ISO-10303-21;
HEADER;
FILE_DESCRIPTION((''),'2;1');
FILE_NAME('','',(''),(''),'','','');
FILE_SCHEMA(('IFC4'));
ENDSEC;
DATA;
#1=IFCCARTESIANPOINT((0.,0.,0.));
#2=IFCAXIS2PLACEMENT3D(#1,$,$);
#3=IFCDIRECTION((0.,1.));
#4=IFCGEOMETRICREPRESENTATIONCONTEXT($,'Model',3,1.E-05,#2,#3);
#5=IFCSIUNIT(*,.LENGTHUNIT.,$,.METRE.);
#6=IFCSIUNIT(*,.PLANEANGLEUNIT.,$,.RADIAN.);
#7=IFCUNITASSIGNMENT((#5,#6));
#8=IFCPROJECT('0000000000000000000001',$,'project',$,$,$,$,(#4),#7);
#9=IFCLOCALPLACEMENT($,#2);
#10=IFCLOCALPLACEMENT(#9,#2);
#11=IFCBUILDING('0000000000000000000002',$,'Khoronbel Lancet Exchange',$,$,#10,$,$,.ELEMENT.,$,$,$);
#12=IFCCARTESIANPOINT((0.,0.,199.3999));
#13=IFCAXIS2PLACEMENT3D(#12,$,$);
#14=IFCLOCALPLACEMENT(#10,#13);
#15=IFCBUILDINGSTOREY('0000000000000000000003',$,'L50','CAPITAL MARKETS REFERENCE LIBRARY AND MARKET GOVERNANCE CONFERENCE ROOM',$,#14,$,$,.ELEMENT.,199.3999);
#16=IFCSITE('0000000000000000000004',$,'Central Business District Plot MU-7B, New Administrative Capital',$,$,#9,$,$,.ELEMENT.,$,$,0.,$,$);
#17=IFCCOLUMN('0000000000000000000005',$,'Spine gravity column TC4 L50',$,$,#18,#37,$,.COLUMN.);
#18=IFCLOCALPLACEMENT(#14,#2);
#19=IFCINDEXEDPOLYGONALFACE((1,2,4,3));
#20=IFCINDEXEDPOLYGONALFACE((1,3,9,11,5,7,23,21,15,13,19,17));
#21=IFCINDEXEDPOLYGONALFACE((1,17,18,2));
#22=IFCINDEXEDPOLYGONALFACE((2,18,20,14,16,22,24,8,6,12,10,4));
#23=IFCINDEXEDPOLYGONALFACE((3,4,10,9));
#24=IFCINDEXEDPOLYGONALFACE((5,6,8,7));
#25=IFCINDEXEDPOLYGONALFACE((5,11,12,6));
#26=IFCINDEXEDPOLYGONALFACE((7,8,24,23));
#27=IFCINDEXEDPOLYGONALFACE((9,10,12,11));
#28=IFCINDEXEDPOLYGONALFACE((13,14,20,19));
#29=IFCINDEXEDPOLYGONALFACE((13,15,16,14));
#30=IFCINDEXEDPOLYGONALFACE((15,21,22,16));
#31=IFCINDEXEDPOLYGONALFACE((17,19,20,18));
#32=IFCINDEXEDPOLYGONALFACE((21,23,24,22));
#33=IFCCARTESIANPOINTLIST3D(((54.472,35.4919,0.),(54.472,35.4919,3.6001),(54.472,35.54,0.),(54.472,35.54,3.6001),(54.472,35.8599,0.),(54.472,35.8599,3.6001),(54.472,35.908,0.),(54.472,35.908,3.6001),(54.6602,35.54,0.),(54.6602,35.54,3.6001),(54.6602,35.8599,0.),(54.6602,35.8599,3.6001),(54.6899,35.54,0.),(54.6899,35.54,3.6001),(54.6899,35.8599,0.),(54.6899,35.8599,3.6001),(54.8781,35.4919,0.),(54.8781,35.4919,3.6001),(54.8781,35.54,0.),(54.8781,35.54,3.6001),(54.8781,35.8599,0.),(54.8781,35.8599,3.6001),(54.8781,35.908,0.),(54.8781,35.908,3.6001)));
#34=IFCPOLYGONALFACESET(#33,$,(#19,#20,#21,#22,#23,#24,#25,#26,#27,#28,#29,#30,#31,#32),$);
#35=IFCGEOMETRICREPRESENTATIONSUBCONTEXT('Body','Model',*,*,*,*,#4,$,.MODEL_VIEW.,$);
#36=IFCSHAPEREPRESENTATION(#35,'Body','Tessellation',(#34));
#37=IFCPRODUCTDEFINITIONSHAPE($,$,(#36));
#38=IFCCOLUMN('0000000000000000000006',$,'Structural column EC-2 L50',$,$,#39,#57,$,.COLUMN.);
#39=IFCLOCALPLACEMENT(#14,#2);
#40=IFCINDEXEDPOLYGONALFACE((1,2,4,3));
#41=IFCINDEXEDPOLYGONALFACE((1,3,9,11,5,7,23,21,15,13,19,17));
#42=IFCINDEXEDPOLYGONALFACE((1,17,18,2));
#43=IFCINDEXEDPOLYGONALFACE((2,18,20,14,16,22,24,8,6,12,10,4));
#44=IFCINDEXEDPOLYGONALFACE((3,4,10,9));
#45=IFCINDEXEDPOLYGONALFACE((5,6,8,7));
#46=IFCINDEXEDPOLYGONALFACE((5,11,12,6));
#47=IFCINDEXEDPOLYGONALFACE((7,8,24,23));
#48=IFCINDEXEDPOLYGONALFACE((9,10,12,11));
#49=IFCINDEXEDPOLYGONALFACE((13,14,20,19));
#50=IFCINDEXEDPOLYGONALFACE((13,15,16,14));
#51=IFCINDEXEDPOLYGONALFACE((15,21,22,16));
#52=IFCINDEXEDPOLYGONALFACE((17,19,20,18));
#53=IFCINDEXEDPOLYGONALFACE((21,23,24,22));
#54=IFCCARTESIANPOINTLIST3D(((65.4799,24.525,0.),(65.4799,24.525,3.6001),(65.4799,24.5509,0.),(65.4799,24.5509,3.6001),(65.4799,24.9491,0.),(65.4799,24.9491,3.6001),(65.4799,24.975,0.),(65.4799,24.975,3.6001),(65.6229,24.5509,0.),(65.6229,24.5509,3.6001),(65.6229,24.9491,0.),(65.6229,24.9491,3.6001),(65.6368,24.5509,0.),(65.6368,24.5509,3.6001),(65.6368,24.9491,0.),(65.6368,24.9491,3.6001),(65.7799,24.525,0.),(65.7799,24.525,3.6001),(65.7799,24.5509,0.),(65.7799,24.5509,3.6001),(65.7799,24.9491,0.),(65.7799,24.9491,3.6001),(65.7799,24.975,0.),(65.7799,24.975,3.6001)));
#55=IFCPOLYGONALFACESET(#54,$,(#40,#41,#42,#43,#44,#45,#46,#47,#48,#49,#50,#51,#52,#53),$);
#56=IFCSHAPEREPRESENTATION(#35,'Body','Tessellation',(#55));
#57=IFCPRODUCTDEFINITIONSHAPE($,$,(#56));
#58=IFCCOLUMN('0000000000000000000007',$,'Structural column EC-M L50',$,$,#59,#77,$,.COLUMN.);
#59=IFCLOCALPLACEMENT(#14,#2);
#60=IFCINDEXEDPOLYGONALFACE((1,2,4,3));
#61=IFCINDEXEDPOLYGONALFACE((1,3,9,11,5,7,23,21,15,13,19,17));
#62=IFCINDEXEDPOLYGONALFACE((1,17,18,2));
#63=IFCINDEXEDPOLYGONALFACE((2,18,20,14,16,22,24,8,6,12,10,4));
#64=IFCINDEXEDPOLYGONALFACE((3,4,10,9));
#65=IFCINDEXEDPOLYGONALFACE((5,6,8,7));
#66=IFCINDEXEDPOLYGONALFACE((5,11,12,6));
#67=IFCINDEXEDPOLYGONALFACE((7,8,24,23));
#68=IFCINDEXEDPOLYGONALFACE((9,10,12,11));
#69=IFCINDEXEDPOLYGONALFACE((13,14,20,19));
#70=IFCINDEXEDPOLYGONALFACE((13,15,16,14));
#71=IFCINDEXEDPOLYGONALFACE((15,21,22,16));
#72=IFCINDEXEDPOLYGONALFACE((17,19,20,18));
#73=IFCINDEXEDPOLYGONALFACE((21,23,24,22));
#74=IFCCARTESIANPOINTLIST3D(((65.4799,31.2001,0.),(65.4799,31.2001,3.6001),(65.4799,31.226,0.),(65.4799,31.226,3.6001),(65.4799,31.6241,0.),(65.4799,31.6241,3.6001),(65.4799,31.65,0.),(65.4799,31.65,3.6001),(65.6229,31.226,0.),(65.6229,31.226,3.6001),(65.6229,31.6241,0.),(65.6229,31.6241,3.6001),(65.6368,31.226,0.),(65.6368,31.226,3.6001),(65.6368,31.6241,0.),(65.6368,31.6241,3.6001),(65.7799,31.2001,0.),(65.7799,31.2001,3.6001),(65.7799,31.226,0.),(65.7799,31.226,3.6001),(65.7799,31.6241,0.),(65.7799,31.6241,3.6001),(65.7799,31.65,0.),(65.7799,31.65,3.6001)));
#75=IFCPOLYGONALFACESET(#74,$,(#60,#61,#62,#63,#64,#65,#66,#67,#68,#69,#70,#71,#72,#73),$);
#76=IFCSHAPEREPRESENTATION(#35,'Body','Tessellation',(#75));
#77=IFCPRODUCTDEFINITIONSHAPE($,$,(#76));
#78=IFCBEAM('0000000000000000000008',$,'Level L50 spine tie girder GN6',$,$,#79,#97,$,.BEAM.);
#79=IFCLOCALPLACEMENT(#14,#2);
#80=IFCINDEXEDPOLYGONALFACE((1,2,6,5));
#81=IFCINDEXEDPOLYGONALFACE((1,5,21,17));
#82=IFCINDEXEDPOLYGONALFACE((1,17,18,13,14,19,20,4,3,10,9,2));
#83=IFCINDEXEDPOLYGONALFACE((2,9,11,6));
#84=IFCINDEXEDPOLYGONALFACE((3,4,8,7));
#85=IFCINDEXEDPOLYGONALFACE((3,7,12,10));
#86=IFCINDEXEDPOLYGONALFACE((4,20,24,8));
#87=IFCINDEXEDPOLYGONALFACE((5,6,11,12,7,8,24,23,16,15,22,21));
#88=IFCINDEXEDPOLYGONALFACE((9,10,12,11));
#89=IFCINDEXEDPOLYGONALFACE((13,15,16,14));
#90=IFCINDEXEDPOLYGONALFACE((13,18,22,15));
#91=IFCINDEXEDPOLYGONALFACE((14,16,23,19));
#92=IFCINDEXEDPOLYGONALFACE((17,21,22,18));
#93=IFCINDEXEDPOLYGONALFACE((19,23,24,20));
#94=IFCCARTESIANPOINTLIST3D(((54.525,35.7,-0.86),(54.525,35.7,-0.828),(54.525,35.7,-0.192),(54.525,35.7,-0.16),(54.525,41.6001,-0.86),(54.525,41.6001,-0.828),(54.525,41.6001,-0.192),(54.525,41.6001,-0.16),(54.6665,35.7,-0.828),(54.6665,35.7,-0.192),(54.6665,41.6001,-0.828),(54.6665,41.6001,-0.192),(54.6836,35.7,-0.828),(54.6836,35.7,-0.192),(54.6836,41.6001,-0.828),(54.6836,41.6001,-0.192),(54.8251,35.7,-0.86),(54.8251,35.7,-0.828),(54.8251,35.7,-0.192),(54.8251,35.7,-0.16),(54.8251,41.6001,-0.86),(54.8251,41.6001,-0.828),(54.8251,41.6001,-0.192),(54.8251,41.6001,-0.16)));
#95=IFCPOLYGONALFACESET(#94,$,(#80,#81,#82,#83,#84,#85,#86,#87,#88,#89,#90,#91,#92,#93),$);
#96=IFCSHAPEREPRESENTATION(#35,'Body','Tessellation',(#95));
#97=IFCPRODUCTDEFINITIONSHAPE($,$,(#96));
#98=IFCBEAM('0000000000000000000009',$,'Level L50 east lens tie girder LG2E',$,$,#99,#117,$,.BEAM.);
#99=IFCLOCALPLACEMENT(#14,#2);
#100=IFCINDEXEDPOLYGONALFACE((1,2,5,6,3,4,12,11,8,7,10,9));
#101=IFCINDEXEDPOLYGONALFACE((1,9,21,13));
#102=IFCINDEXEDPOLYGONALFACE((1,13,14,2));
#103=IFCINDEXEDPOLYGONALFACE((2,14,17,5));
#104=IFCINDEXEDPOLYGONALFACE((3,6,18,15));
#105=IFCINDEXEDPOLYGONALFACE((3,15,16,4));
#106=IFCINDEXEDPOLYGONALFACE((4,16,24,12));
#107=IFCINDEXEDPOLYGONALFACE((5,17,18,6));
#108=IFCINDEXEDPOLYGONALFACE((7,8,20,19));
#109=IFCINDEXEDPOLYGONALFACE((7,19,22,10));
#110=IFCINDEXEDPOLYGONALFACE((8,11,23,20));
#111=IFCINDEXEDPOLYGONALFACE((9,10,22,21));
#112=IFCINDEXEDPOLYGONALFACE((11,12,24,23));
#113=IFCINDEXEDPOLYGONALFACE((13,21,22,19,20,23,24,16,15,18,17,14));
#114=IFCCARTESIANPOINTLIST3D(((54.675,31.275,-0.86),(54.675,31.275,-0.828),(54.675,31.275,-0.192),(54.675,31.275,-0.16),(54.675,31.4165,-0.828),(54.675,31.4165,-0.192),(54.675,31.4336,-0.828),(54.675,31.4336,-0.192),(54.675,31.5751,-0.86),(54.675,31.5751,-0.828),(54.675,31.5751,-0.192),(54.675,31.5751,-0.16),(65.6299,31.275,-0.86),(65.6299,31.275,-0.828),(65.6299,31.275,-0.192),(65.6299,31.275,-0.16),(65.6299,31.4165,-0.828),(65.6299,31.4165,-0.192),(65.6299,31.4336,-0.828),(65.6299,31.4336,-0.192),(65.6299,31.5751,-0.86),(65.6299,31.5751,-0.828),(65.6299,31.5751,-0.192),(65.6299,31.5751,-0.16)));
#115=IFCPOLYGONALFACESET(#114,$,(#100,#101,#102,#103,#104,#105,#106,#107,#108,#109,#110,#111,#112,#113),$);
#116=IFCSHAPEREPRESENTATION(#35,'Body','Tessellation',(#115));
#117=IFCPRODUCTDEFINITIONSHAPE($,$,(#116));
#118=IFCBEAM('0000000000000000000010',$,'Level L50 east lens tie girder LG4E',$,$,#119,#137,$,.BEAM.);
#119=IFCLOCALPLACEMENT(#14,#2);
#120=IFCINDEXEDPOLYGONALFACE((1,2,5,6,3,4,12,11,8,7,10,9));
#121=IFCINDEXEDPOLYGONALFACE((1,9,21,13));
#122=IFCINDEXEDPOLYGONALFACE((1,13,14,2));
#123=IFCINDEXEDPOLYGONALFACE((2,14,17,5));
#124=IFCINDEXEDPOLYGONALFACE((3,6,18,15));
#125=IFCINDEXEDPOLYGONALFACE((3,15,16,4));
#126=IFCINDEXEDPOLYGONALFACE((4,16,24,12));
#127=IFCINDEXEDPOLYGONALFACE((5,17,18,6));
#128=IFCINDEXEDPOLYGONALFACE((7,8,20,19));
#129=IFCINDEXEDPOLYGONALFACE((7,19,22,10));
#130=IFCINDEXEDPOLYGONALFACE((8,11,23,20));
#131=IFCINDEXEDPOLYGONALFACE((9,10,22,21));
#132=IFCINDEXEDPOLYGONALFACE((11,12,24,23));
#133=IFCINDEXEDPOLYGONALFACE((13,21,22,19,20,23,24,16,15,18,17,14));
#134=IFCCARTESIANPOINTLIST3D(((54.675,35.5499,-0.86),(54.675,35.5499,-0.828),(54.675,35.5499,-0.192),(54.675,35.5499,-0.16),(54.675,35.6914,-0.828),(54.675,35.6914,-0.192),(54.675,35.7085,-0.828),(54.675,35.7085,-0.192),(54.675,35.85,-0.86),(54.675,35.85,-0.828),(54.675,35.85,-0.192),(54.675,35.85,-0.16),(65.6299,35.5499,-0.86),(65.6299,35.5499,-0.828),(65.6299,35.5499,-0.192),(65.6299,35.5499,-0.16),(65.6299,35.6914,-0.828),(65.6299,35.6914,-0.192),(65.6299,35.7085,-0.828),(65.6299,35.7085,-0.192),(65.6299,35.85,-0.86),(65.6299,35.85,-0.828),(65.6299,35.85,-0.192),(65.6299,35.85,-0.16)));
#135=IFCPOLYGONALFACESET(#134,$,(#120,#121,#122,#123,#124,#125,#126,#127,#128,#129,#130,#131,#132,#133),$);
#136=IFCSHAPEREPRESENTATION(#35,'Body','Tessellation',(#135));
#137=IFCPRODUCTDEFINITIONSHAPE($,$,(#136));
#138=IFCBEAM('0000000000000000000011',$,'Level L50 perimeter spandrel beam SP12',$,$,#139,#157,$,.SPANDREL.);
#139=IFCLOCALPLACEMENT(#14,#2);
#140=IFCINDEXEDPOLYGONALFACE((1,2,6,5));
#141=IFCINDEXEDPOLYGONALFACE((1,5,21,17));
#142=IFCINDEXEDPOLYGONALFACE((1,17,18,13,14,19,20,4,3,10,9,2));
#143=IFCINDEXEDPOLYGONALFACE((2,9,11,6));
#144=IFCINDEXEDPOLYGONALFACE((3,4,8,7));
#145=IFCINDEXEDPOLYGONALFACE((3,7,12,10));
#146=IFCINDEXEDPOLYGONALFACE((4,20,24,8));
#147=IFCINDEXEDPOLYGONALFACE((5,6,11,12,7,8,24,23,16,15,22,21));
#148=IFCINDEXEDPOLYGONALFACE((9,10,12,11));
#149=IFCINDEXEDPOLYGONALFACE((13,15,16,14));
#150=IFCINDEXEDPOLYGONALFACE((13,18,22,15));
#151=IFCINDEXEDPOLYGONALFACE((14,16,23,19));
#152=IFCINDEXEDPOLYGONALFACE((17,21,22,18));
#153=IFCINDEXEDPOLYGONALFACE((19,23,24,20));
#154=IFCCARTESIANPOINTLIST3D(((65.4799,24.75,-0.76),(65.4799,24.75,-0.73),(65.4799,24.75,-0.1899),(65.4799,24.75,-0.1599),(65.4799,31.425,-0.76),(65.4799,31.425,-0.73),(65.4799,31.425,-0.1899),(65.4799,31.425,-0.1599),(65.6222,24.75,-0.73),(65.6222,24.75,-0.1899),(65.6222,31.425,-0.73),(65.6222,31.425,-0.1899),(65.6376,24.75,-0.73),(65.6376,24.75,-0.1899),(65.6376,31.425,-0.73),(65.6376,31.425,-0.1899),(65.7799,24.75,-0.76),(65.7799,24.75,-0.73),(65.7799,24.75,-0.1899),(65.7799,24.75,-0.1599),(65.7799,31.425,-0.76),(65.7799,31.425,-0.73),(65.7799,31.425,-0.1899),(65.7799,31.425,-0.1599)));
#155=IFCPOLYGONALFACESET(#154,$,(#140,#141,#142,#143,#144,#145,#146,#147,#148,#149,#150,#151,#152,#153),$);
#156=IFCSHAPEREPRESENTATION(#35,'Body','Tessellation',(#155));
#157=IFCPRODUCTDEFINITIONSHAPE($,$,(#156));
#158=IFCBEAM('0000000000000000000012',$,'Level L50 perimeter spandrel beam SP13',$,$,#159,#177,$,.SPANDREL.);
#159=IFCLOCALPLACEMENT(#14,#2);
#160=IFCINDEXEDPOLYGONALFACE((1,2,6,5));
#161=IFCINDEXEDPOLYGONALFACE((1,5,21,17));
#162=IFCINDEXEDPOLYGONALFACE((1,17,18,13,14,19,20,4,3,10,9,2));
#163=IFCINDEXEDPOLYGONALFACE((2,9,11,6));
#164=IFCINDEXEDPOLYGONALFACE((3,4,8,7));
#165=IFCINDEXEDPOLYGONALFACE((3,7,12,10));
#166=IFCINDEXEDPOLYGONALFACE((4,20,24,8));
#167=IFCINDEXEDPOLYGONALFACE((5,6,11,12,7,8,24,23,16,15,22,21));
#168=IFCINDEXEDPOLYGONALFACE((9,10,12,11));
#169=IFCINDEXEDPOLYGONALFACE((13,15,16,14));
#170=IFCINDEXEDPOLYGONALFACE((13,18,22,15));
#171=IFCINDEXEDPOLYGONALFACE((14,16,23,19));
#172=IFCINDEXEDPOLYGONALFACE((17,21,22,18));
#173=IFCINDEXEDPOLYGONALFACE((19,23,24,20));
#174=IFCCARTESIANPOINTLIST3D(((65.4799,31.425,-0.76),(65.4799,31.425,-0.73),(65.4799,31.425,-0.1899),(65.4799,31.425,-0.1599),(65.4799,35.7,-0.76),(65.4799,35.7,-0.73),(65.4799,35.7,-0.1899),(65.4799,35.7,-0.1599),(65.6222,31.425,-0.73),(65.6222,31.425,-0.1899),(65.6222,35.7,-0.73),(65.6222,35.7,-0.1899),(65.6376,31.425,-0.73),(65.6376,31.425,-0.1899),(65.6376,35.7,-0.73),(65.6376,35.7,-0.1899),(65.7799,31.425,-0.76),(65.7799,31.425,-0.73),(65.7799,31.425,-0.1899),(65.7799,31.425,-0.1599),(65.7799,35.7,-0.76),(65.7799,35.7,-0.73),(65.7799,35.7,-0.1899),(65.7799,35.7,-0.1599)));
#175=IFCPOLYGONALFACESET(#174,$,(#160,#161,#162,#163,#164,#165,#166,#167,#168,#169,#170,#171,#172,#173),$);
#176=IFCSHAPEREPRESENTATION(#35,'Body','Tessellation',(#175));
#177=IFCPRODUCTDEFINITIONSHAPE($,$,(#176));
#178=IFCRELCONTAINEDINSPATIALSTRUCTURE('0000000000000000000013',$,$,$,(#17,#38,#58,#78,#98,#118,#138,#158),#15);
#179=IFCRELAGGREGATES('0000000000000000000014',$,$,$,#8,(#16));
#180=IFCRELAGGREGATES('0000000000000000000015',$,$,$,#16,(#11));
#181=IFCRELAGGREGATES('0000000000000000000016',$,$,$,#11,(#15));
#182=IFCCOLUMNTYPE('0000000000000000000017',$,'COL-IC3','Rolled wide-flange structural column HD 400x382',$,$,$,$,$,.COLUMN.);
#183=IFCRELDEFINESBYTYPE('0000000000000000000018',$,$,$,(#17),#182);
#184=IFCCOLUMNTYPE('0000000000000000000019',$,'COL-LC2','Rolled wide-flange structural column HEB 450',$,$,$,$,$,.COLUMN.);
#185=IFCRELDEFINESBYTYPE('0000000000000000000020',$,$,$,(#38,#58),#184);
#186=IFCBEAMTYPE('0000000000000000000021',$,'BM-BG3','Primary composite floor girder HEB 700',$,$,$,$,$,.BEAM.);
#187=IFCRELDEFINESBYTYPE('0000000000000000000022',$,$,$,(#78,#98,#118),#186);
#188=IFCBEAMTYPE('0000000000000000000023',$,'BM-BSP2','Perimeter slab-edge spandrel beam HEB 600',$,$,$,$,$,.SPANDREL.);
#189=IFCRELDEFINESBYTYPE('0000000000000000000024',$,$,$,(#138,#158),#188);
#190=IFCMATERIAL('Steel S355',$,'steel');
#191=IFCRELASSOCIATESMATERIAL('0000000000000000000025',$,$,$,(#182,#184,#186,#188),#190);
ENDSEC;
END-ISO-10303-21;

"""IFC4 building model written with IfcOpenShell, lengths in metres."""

from ifc_helpers import new_model, si_unit, direction, frame, origin, origin_2d, place, context, subcontext, project, spatial, i_section, extrude, material, material_profile, profile_set, type_object, element, save


model = new_model("IFC4")

# Units and contexts
model_context = context("Model", 3, precision=1e-05, world=origin(), true_north=direction((0.0, 1.0)))
body_context = subcontext(model_context, "Body", "Model", "MODEL_VIEW")
ifc_project = project(units=[si_unit("LENGTHUNIT", "METRE"), si_unit("PLANEANGLEUNIT", "RADIAN")], contexts=[model_context])

# Site, building, storey
site_placement = place(None, origin())
site = spatial("IfcSite", under=ifc_project, at=site_placement, Name="Central Business District Plot MU-7B, New Administrative Capital", CompositionType="ELEMENT", RefElevation=0.0)
building_placement = place(site_placement, origin())
building = spatial("IfcBuilding", under=site, at=building_placement, Name="Khoronbel Lancet Exchange", CompositionType="ELEMENT")
storey_placement = place(building_placement, frame((0.0, 0.0, 199.3999)))
storey = spatial("IfcBuildingStorey", under=building, at=storey_placement, Name="L50", Description="CAPITAL MARKETS REFERENCE LIBRARY AND MARKET GOVERNANCE CONFERENCE ROOM", CompositionType="ELEMENT", Elevation=199.3999)

# Columns
ifc_material_1 = material(Name="Steel S355", Category="steel")
ifc_material_profile_1 = material_profile(ifc_material_1, i_section(OverallWidth=0.406, OverallDepth=0.416, WebThickness=0.0298, FlangeThickness=0.0481, at=origin_2d()), Name="HD 400x382")
ifc_profile_set_1 = profile_set([ifc_material_profile_1], Name="Steel S355")
column_type_1 = type_object("IfcColumnType", Name="COL-IC3", Description="Rolled wide-flange structural column HD 400x382", PredefinedType="COLUMN", material=ifc_profile_set_1)
column_placement = place(storey_placement, frame((54.675, 35.7, 0.0), z_axis=(0.0, 0.0, 1.0), x_axis=(1.0, 0.0, 0.0)))
element("IfcColumn", 1, at=column_placement, inside=storey, type_object=column_type_1, Name="Spine gravity column TC4 L50", PredefinedType="COLUMN", context=body_context, shape_type="SweptSolid", body=[
    extrude(i_section(OverallWidth=0.406, OverallDepth=0.416, WebThickness=0.0298, FlangeThickness=0.0481, at=origin_2d()), origin(), (0.0, 0.0, 1.0), 3.6001),
])
ifc_material_profile_2 = material_profile(ifc_material_1, i_section(OverallWidth=0.3, OverallDepth=0.45, WebThickness=0.0139, FlangeThickness=0.0259, at=origin_2d()), Name="HEB 450")
ifc_profile_set_2 = profile_set([ifc_material_profile_2], Name="Steel S355")
column_type_2 = type_object("IfcColumnType", Name="COL-LC2", Description="Rolled wide-flange structural column HEB 450", PredefinedType="COLUMN", material=ifc_profile_set_2)
for number, where, z_axis, x_axis, name in (
    (2, (65.6299, 24.75, 0.0), (0.0, 0.0, 1.0), (1.0, 0.0, 0.0), "Structural column EC-2 L50"),
    (3, (65.6299, 31.425, 0.0), (0.0, 0.0, 1.0), (1.0, 0.0, 0.0), "Structural column EC-M L50"),
):
    element("IfcColumn", number, at=place(storey_placement, frame(where, z_axis=z_axis, x_axis=x_axis)), inside=storey, type_object=column_type_2, Name=name, PredefinedType="COLUMN", context=body_context, shape_type="SweptSolid", body=[
        extrude(i_section(OverallWidth=0.3, OverallDepth=0.45, WebThickness=0.0139, FlangeThickness=0.0259, at=origin_2d()), origin(), (0.0, 0.0, 1.0), 3.6001),
    ])

# Beams
ifc_material_profile_3 = material_profile(ifc_material_1, i_section(OverallWidth=0.3, OverallDepth=0.7, WebThickness=0.0171, FlangeThickness=0.032, at=origin_2d()), Name="HEB 700")
ifc_profile_set_3 = profile_set([ifc_material_profile_3], Name="Steel S355")
beam_type_1 = type_object("IfcBeamType", Name="BM-BG3", Description="Primary composite floor girder HEB 700", PredefinedType="BEAM", material=ifc_profile_set_3)
beam_1_placement = place(storey_placement, frame((54.675, 35.7, -0.51), z_axis=(0.0, 1.0, 0.0), x_axis=(-1.0, 0.0, 0.0)))
element("IfcBeam", 4, at=beam_1_placement, inside=storey, type_object=beam_type_1, Name="Level L50 spine tie girder GN6", PredefinedType="BEAM", context=body_context, shape_type="SweptSolid", body=[
    extrude(i_section(OverallWidth=0.3, OverallDepth=0.7, WebThickness=0.0171, FlangeThickness=0.032, at=origin_2d()), origin(), (0.0, 0.0, 1.0), 5.9001),
])
for number, where, z_axis, x_axis, name in (
    (5, (54.675, 31.425, -0.51), (1.0, 0.0, 0.0), (0.0, 1.0, 0.0), "Level L50 east lens tie girder LG2E"),
    (6, (54.675, 35.7, -0.51), (1.0, 0.0, 0.0), (0.0, 1.0, 0.0), "Level L50 east lens tie girder LG4E"),
):
    element("IfcBeam", number, at=place(storey_placement, frame(where, z_axis=z_axis, x_axis=x_axis)), inside=storey, type_object=beam_type_1, Name=name, PredefinedType="BEAM", context=body_context, shape_type="SweptSolid", body=[
        extrude(i_section(OverallWidth=0.3, OverallDepth=0.7, WebThickness=0.0171, FlangeThickness=0.032, at=origin_2d()), origin(), (0.0, 0.0, 1.0), 10.9548),
    ])
ifc_material_profile_4 = material_profile(ifc_material_1, i_section(OverallWidth=0.3, OverallDepth=0.6001, WebThickness=0.0154, FlangeThickness=0.03, at=origin_2d()), Name="HEB 600")
ifc_profile_set_4 = profile_set([ifc_material_profile_4], Name="Steel S355")
beam_type_2 = type_object("IfcBeamType", Name="BM-BSP2", Description="Perimeter slab-edge spandrel beam HEB 600", PredefinedType="SPANDREL", material=ifc_profile_set_4)
beam_2_placement = place(storey_placement, frame((65.6299, 24.75, -0.46), z_axis=(0.0, 1.0, 0.0), x_axis=(-1.0, 0.0, 0.0)))
element("IfcBeam", 7, at=beam_2_placement, inside=storey, type_object=beam_type_2, Name="Level L50 perimeter spandrel beam SP12", PredefinedType="SPANDREL", context=body_context, shape_type="SweptSolid", body=[
    extrude(i_section(OverallWidth=0.3, OverallDepth=0.6001, WebThickness=0.0154, FlangeThickness=0.03, at=origin_2d()), origin(), (0.0, 0.0, 1.0), 6.675),
])
beam_3_placement = place(storey_placement, frame((65.6299, 31.425, -0.46), z_axis=(0.0, 1.0, 0.0), x_axis=(-1.0, 0.0, 0.0)))
element("IfcBeam", 8, at=beam_3_placement, inside=storey, type_object=beam_type_2, Name="Level L50 perimeter spandrel beam SP13", PredefinedType="SPANDREL", context=body_context, shape_type="SweptSolid", body=[
    extrude(i_section(OverallWidth=0.3, OverallDepth=0.6001, WebThickness=0.0154, FlangeThickness=0.03, at=origin_2d()), origin(), (0.0, 0.0, 1.0), 4.2749),
])

save(model, "model.ifc")
